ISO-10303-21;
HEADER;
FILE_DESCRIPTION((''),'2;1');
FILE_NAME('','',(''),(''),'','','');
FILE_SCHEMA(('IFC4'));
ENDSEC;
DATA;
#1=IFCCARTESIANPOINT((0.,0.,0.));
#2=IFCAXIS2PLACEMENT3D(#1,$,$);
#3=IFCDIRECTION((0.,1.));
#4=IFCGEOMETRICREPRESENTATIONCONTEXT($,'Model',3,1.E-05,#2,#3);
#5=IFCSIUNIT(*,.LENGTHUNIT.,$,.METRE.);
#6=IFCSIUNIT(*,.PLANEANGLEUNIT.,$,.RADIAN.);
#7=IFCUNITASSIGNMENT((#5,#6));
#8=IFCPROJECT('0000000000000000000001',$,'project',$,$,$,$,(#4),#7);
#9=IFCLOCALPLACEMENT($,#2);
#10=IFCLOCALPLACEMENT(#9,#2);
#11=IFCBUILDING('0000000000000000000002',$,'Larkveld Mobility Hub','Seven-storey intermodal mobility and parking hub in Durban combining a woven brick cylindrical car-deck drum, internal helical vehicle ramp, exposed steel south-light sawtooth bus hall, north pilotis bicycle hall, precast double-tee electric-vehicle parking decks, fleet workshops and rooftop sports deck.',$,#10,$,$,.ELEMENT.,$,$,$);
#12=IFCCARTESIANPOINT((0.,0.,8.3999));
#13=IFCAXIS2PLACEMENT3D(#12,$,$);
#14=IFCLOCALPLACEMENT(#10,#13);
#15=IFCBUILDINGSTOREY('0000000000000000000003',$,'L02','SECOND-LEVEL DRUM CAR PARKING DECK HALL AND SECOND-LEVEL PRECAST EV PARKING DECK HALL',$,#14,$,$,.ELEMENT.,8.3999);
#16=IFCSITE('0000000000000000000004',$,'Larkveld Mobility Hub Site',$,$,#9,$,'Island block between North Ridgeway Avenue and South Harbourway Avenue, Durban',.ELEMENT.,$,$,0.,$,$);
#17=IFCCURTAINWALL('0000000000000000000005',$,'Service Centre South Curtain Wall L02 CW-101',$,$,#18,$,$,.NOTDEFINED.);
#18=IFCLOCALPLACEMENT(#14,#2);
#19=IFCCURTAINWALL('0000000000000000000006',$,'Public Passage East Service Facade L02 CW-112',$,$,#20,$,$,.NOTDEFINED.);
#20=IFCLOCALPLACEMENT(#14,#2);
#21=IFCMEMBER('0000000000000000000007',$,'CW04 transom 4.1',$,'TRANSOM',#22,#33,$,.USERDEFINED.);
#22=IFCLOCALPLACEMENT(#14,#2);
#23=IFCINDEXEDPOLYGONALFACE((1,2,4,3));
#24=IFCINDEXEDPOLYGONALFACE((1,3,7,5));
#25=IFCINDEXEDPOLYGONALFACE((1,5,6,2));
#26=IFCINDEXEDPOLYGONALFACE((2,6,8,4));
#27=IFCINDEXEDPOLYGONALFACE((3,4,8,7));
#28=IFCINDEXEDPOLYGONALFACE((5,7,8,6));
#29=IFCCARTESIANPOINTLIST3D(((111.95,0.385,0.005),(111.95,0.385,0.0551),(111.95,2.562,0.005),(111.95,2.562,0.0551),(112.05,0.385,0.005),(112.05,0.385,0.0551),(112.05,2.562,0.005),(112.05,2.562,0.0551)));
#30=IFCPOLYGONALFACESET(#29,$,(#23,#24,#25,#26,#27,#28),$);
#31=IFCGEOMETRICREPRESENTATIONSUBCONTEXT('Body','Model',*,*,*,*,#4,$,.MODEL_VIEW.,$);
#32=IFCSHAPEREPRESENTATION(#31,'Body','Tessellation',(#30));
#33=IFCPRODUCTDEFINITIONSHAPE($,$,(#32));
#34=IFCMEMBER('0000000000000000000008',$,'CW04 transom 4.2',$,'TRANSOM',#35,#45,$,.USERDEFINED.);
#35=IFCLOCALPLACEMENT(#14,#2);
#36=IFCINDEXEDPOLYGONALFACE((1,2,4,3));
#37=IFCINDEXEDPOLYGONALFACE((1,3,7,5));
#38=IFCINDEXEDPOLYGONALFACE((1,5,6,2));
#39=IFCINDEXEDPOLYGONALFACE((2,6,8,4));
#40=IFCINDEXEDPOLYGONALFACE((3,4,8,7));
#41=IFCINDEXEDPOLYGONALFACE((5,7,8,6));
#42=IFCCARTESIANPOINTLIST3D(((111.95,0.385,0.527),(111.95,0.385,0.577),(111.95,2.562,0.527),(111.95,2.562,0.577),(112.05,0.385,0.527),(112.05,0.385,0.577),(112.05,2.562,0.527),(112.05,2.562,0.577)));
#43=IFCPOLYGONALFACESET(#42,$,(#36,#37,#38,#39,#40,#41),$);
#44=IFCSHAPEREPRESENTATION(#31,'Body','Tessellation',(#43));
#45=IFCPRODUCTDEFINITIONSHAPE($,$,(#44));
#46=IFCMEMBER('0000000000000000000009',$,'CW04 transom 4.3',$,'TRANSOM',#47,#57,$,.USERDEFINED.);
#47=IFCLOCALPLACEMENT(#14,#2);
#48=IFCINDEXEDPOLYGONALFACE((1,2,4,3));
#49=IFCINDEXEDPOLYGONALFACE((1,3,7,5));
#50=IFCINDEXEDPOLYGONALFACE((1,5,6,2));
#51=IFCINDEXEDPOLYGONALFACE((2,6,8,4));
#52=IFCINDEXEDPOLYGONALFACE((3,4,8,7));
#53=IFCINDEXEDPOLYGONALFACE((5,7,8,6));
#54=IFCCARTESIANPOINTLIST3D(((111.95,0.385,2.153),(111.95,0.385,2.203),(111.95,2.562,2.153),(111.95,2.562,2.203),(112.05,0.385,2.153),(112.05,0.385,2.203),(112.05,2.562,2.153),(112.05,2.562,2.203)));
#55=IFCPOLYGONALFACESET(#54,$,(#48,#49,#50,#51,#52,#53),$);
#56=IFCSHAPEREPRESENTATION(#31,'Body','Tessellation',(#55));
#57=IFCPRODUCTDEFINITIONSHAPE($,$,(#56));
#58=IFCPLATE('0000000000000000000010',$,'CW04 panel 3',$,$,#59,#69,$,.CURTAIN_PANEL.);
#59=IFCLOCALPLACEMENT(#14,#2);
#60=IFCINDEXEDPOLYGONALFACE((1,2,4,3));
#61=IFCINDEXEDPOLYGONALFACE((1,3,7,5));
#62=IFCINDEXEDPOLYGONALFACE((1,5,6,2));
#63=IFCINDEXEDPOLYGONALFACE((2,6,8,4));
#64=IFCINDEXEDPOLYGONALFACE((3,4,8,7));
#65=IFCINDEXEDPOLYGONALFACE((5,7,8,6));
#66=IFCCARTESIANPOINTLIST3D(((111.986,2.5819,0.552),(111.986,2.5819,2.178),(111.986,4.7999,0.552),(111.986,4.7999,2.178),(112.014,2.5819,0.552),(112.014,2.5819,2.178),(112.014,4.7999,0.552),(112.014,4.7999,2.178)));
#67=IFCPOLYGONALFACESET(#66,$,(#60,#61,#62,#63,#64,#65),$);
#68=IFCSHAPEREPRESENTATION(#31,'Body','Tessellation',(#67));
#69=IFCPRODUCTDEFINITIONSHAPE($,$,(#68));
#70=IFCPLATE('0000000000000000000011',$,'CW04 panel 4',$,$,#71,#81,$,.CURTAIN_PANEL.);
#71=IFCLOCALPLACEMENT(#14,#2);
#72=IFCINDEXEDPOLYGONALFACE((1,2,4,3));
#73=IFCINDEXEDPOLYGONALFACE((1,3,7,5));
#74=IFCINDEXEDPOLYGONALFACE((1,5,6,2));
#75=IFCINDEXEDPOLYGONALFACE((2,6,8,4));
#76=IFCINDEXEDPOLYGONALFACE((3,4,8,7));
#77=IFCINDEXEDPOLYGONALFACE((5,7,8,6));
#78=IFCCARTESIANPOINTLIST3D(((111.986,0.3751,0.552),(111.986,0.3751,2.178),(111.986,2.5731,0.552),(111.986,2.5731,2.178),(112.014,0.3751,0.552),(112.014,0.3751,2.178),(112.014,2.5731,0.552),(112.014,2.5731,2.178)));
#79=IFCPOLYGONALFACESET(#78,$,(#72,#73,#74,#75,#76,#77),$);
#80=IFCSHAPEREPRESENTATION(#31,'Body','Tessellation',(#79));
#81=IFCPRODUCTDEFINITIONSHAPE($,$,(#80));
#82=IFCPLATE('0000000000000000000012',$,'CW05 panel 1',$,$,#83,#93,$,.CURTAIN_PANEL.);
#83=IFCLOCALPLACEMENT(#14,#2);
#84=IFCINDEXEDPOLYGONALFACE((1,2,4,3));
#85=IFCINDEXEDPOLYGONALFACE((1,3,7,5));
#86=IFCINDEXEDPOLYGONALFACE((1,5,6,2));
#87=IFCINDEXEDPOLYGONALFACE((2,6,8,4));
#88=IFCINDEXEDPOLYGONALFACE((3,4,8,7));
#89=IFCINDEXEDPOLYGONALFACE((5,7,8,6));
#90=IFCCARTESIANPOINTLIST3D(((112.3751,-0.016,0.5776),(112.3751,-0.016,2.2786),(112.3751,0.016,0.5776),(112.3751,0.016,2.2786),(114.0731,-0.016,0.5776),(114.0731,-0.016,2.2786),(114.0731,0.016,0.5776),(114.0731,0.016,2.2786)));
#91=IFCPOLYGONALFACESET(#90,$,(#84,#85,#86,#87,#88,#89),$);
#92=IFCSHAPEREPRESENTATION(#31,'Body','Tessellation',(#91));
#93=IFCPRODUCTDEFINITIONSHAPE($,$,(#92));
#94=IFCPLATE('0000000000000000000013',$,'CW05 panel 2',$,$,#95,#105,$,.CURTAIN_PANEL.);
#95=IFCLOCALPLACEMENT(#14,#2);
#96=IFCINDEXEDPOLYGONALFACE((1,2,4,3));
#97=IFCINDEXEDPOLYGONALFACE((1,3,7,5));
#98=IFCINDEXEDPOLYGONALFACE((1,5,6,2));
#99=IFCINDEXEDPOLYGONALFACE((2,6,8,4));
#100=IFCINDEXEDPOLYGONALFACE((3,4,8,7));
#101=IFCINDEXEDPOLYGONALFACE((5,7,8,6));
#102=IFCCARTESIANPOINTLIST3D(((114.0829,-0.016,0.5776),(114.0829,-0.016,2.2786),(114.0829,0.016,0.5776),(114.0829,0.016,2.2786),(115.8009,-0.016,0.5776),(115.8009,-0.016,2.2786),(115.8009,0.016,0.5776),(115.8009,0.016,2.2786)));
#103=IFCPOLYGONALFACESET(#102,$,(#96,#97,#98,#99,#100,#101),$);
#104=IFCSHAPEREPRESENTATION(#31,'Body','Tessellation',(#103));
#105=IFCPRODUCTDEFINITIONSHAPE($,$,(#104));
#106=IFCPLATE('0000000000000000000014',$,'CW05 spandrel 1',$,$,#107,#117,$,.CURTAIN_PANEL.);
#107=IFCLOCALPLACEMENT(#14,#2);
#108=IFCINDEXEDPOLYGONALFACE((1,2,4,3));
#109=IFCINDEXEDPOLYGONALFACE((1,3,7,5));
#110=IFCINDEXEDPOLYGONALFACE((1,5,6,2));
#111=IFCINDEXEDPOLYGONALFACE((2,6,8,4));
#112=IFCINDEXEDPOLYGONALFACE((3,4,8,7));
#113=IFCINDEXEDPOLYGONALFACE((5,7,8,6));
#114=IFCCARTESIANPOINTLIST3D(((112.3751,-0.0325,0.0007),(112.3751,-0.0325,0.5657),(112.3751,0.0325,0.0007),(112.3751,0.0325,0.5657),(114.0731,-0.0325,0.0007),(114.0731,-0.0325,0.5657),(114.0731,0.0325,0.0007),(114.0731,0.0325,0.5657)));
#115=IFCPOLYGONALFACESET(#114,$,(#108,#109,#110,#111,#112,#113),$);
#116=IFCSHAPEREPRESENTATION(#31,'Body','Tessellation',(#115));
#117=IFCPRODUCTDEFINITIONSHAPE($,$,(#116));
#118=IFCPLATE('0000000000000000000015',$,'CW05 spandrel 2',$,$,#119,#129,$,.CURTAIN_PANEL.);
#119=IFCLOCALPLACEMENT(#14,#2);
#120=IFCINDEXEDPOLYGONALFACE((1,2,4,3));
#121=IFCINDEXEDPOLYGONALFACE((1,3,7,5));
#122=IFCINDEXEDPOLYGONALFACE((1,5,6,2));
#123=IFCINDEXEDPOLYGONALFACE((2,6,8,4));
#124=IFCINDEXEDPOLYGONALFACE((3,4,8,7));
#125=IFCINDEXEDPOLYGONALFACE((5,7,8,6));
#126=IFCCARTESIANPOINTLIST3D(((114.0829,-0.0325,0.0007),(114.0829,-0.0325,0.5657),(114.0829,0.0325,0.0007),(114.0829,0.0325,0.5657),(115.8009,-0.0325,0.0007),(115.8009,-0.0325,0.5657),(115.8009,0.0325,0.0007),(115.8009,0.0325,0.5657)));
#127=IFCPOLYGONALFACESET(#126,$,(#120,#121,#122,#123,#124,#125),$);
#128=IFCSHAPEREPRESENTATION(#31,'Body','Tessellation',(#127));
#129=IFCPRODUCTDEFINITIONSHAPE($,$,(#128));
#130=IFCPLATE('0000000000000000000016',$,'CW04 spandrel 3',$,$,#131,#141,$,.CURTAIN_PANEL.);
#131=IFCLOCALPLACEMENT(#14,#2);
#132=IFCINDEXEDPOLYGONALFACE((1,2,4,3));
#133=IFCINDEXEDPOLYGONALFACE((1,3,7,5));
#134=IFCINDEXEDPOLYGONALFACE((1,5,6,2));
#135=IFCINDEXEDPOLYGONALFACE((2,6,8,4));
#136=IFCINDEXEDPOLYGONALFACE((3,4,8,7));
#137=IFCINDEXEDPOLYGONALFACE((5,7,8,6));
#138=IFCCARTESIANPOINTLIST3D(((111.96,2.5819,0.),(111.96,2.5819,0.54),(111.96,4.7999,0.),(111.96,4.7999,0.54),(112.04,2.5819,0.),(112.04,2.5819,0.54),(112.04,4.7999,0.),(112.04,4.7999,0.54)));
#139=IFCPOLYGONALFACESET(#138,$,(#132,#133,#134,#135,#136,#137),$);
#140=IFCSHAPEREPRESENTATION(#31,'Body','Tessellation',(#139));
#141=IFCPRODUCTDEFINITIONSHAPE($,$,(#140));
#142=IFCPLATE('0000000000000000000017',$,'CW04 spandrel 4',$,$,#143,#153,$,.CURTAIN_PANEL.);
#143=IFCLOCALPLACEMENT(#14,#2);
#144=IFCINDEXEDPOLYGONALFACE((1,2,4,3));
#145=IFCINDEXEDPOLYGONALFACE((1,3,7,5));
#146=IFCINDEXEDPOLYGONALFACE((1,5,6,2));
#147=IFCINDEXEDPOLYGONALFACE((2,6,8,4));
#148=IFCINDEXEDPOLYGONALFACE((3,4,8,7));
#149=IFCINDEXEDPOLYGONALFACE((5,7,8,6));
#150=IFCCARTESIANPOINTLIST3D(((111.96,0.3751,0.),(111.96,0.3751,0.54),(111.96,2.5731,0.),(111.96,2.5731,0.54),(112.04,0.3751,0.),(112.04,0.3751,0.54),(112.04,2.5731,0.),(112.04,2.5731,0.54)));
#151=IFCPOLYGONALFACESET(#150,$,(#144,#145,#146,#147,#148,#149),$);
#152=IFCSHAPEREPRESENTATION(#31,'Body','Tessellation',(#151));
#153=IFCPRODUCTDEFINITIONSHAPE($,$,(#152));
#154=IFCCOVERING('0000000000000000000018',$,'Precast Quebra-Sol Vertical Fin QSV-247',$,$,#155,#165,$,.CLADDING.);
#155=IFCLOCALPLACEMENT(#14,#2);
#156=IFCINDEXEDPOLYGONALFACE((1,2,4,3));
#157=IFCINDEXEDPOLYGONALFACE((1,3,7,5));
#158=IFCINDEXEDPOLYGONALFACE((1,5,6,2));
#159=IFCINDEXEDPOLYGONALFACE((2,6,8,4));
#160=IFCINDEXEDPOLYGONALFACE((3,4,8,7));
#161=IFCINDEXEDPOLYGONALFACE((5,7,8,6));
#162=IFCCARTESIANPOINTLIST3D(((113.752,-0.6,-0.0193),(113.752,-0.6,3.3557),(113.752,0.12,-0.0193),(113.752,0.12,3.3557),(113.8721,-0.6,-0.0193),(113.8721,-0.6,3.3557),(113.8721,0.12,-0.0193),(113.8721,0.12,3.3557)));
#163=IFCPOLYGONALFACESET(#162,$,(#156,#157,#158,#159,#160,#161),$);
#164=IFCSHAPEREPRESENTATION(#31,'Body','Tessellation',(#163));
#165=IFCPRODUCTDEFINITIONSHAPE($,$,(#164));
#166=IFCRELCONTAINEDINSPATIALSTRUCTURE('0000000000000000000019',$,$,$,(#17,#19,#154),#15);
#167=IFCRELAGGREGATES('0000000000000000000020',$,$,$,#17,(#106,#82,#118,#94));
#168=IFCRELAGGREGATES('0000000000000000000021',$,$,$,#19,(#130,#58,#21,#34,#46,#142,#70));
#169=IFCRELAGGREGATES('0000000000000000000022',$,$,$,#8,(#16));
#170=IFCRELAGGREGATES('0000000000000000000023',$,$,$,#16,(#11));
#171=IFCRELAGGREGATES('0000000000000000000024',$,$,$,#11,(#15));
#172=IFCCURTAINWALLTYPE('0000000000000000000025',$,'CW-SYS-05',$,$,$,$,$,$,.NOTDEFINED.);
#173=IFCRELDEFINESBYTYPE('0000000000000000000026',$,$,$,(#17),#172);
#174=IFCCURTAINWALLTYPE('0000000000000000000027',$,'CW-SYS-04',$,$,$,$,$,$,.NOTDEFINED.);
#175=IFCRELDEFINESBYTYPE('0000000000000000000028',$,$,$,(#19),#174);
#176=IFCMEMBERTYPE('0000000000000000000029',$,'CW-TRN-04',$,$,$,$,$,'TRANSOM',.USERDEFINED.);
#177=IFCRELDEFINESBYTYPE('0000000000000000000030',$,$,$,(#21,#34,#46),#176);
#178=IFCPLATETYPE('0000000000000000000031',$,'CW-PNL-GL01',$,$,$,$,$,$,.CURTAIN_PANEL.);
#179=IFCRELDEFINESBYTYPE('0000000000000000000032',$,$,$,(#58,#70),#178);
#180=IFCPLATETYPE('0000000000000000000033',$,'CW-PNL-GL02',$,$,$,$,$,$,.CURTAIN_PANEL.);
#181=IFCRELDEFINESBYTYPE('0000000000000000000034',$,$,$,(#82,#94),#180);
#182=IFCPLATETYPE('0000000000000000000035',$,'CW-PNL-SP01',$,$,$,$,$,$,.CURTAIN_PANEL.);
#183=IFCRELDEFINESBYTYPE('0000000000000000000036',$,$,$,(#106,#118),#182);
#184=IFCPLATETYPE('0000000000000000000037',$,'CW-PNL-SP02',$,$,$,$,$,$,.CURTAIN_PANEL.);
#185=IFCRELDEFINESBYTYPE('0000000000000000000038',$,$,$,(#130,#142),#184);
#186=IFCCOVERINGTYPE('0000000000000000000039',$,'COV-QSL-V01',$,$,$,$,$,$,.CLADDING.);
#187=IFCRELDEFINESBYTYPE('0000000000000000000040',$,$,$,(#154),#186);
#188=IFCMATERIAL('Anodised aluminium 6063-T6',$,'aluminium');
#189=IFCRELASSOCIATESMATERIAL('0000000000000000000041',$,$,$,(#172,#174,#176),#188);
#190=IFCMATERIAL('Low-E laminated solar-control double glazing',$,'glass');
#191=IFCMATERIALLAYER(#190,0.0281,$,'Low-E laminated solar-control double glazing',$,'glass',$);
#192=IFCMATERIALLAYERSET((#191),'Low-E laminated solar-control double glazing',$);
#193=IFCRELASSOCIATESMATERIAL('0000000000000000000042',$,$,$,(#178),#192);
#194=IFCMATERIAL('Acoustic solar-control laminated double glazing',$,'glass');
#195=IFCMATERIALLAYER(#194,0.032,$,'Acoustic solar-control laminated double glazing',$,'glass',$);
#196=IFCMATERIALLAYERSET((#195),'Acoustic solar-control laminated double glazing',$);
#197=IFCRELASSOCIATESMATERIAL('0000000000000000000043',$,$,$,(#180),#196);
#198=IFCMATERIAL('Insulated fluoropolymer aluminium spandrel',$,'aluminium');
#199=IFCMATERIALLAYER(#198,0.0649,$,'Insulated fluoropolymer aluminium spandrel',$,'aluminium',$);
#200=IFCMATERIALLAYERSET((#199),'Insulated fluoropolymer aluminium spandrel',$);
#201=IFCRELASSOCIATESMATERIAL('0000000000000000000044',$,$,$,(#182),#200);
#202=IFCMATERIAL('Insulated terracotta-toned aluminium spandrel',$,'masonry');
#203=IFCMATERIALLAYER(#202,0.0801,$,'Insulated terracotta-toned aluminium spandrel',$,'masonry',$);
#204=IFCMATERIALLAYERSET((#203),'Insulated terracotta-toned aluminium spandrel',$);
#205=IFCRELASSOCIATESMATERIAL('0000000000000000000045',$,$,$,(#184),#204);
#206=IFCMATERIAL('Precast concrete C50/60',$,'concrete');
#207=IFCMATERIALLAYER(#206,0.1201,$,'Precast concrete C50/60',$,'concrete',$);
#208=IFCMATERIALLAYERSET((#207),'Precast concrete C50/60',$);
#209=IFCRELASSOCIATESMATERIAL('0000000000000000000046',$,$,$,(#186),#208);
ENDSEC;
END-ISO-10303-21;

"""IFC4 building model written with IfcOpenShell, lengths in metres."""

from ifc_helpers import new_model, si_unit, direction, frame, origin, origin_2d, place, context, subcontext, project, spatial, rectangle, extrude, material, layer, layer_set, material_profile, profile_set, type_object, element, aggregate, save


model = new_model("IFC4")

# Units and contexts
model_context = context("Model", 3, precision=1e-05, world=origin(), true_north=direction((0.0, 1.0)))
body_context = subcontext(model_context, "Body", "Model", "MODEL_VIEW")
ifc_project = project(units=[si_unit("LENGTHUNIT", "METRE"), si_unit("PLANEANGLEUNIT", "RADIAN")], contexts=[model_context])

# Site, building, storey
site_placement = place(None, origin())
site = spatial("IfcSite", under=ifc_project, at=site_placement, Name="Larkveld Mobility Hub Site", LongName="Island block between North Ridgeway Avenue and South Harbourway Avenue, Durban", CompositionType="ELEMENT", RefElevation=0.0)
building_placement = place(site_placement, origin())
building = spatial("IfcBuilding", under=site, at=building_placement, Name="Larkveld Mobility Hub", Description="Seven-storey intermodal mobility and parking hub in Durban combining a woven brick cylindrical car-deck drum, internal helical vehicle ramp, exposed steel south-light sawtooth bus hall, north pilotis bicycle hall, precast double-tee electric-vehicle parking decks, fleet workshops and rooftop sports deck.", CompositionType="ELEMENT")
storey_placement = place(building_placement, frame((0.0, 0.0, 8.3999)))
storey = spatial("IfcBuildingStorey", under=building, at=storey_placement, Name="L02", Description="SECOND-LEVEL DRUM CAR PARKING DECK HALL AND SECOND-LEVEL PRECAST EV PARKING DECK HALL", CompositionType="ELEMENT", Elevation=8.3999)

# Shared definitions
ifc_material_1 = material(Name="Precast concrete C50/60", Category="concrete")

# Curtain walls
ifc_material_2 = material(Name="Anodised aluminium 6063-T6", Category="aluminium")
curtain_wall_type_1 = type_object("IfcCurtainWallType", Name="CW-SYS-05", PredefinedType="NOTDEFINED", material=ifc_material_2)
curtain_wall_1_placement = place(storey_placement, origin())
curtain_wall_1 = element("IfcCurtainWall", 1, at=curtain_wall_1_placement, inside=storey, type_object=curtain_wall_type_1, Name="Service Centre South Curtain Wall L02 CW-101", PredefinedType="NOTDEFINED")
curtain_wall_type_2 = type_object("IfcCurtainWallType", Name="CW-SYS-04", PredefinedType="NOTDEFINED", material=ifc_material_2)
curtain_wall_2_placement = place(storey_placement, origin())
curtain_wall_2 = element("IfcCurtainWall", 2, at=curtain_wall_2_placement, inside=storey, type_object=curtain_wall_type_2, Name="Public Passage East Service Facade L02 CW-112", PredefinedType="NOTDEFINED")

# Members
ifc_material_profile_1 = material_profile(ifc_material_2, rectangle(XDim=0.1001, YDim=0.05, at=origin_2d()), Name="ALU TRAN 50x100")
ifc_profile_set_1 = profile_set([ifc_material_profile_1], Name="Anodised aluminium 6063-T6")
member_type_1 = type_object("IfcMemberType", Name="CW-TRN-04", ElementType="TRANSOM", PredefinedType="USERDEFINED", material=ifc_profile_set_1)
member_1_placement = place(storey_placement, frame((112.0, 2.562, 0.03), z_axis=(0.0, -1.0, 0.0), x_axis=(1.0, 0.0, 0.0)))
member_1 = element("IfcMember", 3, at=member_1_placement, type_object=member_type_1, Name="CW04 transom 4.1", ObjectType="TRANSOM", PredefinedType="USERDEFINED", context=body_context, shape_type="SweptSolid", body=[
    extrude(rectangle(XDim=0.1001, YDim=0.05, at=origin_2d()), origin(), (0.0, 0.0, 1.0), 2.177),
])
member_2_placement = place(storey_placement, frame((112.0, 2.562, 0.552), z_axis=(0.0, -1.0, 0.0), x_axis=(1.0, 0.0, 0.0)))
member_2 = element("IfcMember", 4, at=member_2_placement, type_object=member_type_1, Name="CW04 transom 4.2", ObjectType="TRANSOM", PredefinedType="USERDEFINED", context=body_context, shape_type="SweptSolid", body=[
    extrude(rectangle(XDim=0.1001, YDim=0.05, at=origin_2d()), origin(), (0.0, 0.0, 1.0), 2.177),
])
member_3_placement = place(storey_placement, frame((112.0, 2.562, 2.178), z_axis=(0.0, -1.0, 0.0), x_axis=(1.0, 0.0, 0.0)))
member_3 = element("IfcMember", 5, at=member_3_placement, type_object=member_type_1, Name="CW04 transom 4.3", ObjectType="TRANSOM", PredefinedType="USERDEFINED", context=body_context, shape_type="SweptSolid", body=[
    extrude(rectangle(XDim=0.1001, YDim=0.05, at=origin_2d()), origin(), (0.0, 0.0, 1.0), 2.177),
])

# Plates
ifc_material_3 = material(Name="Low-E laminated solar-control double glazing", Category="glass")
ifc_layer_1 = layer(ifc_material_3, 0.0281, Name="Low-E laminated solar-control double glazing", Category="glass")
ifc_layer_set_1 = layer_set([ifc_layer_1], Name="Low-E laminated solar-control double glazing")
plate_type_1 = type_object("IfcPlateType", Name="CW-PNL-GL01", PredefinedType="CURTAIN_PANEL", material=ifc_layer_set_1)
plate_1_placement = place(storey_placement, frame((112.0, 3.6909, 0.552), z_axis=(0.0, 0.0, 1.0), x_axis=(0.0, -1.0, 0.0)))
plate_1 = element("IfcPlate", 6, at=plate_1_placement, type_object=plate_type_1, Name="CW04 panel 3", PredefinedType="CURTAIN_PANEL", context=body_context, shape_type="SweptSolid", body=[
    extrude(rectangle(XDim=2.218, YDim=0.0281, at=origin_2d()), origin(), (0.0, 0.0, 1.0), 1.626),
])
plate_2_placement = place(storey_placement, frame((112.0, 1.4741, 0.552), z_axis=(0.0, 0.0, 1.0), x_axis=(0.0, -1.0, 0.0)))
plate_2 = element("IfcPlate", 7, at=plate_2_placement, type_object=plate_type_1, Name="CW04 panel 4", PredefinedType="CURTAIN_PANEL", context=body_context, shape_type="SweptSolid", body=[
    extrude(rectangle(XDim=2.198, YDim=0.0281, at=origin_2d()), origin(), (0.0, 0.0, 1.0), 1.626),
])
ifc_material_4 = material(Name="Acoustic solar-control laminated double glazing", Category="glass")
ifc_layer_2 = layer(ifc_material_4, 0.032, Name="Acoustic solar-control laminated double glazing", Category="glass")
ifc_layer_set_2 = layer_set([ifc_layer_2], Name="Acoustic solar-control laminated double glazing")
plate_type_2 = type_object("IfcPlateType", Name="CW-PNL-GL02", PredefinedType="CURTAIN_PANEL", material=ifc_layer_set_2)
plate_3_placement = place(storey_placement, frame((113.2241, 0.0, 0.5776), z_axis=(0.0, 0.0, 1.0), x_axis=(1.0, 0.0, 0.0)))
plate_3 = element("IfcPlate", 8, at=plate_3_placement, type_object=plate_type_2, Name="CW05 panel 1", PredefinedType="CURTAIN_PANEL", context=body_context, shape_type="SweptSolid", body=[
    extrude(rectangle(XDim=1.698, YDim=0.032, at=origin_2d()), origin(), (0.0, 0.0, 1.0), 1.7009),
])
plate_4_placement = place(storey_placement, frame((114.9419, 0.0, 0.5776), z_axis=(0.0, 0.0, 1.0), x_axis=(1.0, 0.0, 0.0)))
plate_4 = element("IfcPlate", 9, at=plate_4_placement, type_object=plate_type_2, Name="CW05 panel 2", PredefinedType="CURTAIN_PANEL", context=body_context, shape_type="SweptSolid", body=[
    extrude(rectangle(XDim=1.718, YDim=0.032, at=origin_2d()), origin(), (0.0, 0.0, 1.0), 1.7009),
])
ifc_material_5 = material(Name="Insulated fluoropolymer aluminium spandrel", Category="aluminium")
ifc_layer_3 = layer(ifc_material_5, 0.0649, Name="Insulated fluoropolymer aluminium spandrel", Category="aluminium")
ifc_layer_set_3 = layer_set([ifc_layer_3], Name="Insulated fluoropolymer aluminium spandrel")
plate_type_3 = type_object("IfcPlateType", Name="CW-PNL-SP01", PredefinedType="CURTAIN_PANEL", material=ifc_layer_set_3)
plate_5_placement = place(storey_placement, frame((113.2241, 0.0, 0.0007), z_axis=(0.0, 0.0, 1.0), x_axis=(1.0, 0.0, 0.0)))
plate_5 = element("IfcPlate", 10, at=plate_5_placement, type_object=plate_type_3, Name="CW05 spandrel 1", PredefinedType="CURTAIN_PANEL", context=body_context, shape_type="SweptSolid", body=[
    extrude(rectangle(XDim=1.698, YDim=0.0649, at=origin_2d()), origin(), (0.0, 0.0, 1.0), 0.5649),
])
plate_6_placement = place(storey_placement, frame((114.9419, 0.0, 0.0007), z_axis=(0.0, 0.0, 1.0), x_axis=(1.0, 0.0, 0.0)))
plate_6 = element("IfcPlate", 11, at=plate_6_placement, type_object=plate_type_3, Name="CW05 spandrel 2", PredefinedType="CURTAIN_PANEL", context=body_context, shape_type="SweptSolid", body=[
    extrude(rectangle(XDim=1.718, YDim=0.0649, at=origin_2d()), origin(), (0.0, 0.0, 1.0), 0.5649),
])
aggregate(curtain_wall_1, [plate_5, plate_3, plate_6, plate_4])
ifc_material_6 = material(Name="Insulated terracotta-toned aluminium spandrel", Category="masonry")
ifc_layer_4 = layer(ifc_material_6, 0.0801, Name="Insulated terracotta-toned aluminium spandrel", Category="masonry")
ifc_layer_set_4 = layer_set([ifc_layer_4], Name="Insulated terracotta-toned aluminium spandrel")
plate_type_4 = type_object("IfcPlateType", Name="CW-PNL-SP02", PredefinedType="CURTAIN_PANEL", material=ifc_layer_set_4)
plate_7_placement = place(storey_placement, frame((112.0, 3.6909, 0.0), z_axis=(0.0, 0.0, 1.0), x_axis=(0.0, -1.0, 0.0)))
plate_7 = element("IfcPlate", 12, at=plate_7_placement, type_object=plate_type_4, Name="CW04 spandrel 3", PredefinedType="CURTAIN_PANEL", context=body_context, shape_type="SweptSolid", body=[
    extrude(rectangle(XDim=2.218, YDim=0.0801, at=origin_2d()), origin(), (0.0, 0.0, 1.0), 0.54),
])
plate_8_placement = place(storey_placement, frame((112.0, 1.4741, 0.0), z_axis=(0.0, 0.0, 1.0), x_axis=(0.0, -1.0, 0.0)))
plate_8 = element("IfcPlate", 13, at=plate_8_placement, type_object=plate_type_4, Name="CW04 spandrel 4", PredefinedType="CURTAIN_PANEL", context=body_context, shape_type="SweptSolid", body=[
    extrude(rectangle(XDim=2.198, YDim=0.0801, at=origin_2d()), origin(), (0.0, 0.0, 1.0), 0.54),
])
aggregate(curtain_wall_2, [plate_7, plate_1, member_1, member_2, member_3, plate_8, plate_2])

# Covering
ifc_layer_5 = layer(ifc_material_1, 0.1201, Name="Precast concrete C50/60", Category="concrete")
ifc_layer_set_5 = layer_set([ifc_layer_5], Name="Precast concrete C50/60")
covering_type = type_object("IfcCoveringType", Name="COV-QSL-V01", PredefinedType="CLADDING", material=ifc_layer_set_5)
covering_placement = place(storey_placement, frame((113.812, -0.24, -0.0193), z_axis=(0.0, 0.0, 1.0), x_axis=(1.0, 0.0, 0.0)))
element("IfcCovering", 14, at=covering_placement, inside=storey, type_object=covering_type, Name="Precast Quebra-Sol Vertical Fin QSV-247", PredefinedType="CLADDING", context=body_context, shape_type="SweptSolid", body=[
    extrude(rectangle(XDim=0.1201, YDim=0.72, at=origin_2d()), origin(), (0.0, 0.0, 1.0), 3.375),
])

save(model, "model.ifc")
